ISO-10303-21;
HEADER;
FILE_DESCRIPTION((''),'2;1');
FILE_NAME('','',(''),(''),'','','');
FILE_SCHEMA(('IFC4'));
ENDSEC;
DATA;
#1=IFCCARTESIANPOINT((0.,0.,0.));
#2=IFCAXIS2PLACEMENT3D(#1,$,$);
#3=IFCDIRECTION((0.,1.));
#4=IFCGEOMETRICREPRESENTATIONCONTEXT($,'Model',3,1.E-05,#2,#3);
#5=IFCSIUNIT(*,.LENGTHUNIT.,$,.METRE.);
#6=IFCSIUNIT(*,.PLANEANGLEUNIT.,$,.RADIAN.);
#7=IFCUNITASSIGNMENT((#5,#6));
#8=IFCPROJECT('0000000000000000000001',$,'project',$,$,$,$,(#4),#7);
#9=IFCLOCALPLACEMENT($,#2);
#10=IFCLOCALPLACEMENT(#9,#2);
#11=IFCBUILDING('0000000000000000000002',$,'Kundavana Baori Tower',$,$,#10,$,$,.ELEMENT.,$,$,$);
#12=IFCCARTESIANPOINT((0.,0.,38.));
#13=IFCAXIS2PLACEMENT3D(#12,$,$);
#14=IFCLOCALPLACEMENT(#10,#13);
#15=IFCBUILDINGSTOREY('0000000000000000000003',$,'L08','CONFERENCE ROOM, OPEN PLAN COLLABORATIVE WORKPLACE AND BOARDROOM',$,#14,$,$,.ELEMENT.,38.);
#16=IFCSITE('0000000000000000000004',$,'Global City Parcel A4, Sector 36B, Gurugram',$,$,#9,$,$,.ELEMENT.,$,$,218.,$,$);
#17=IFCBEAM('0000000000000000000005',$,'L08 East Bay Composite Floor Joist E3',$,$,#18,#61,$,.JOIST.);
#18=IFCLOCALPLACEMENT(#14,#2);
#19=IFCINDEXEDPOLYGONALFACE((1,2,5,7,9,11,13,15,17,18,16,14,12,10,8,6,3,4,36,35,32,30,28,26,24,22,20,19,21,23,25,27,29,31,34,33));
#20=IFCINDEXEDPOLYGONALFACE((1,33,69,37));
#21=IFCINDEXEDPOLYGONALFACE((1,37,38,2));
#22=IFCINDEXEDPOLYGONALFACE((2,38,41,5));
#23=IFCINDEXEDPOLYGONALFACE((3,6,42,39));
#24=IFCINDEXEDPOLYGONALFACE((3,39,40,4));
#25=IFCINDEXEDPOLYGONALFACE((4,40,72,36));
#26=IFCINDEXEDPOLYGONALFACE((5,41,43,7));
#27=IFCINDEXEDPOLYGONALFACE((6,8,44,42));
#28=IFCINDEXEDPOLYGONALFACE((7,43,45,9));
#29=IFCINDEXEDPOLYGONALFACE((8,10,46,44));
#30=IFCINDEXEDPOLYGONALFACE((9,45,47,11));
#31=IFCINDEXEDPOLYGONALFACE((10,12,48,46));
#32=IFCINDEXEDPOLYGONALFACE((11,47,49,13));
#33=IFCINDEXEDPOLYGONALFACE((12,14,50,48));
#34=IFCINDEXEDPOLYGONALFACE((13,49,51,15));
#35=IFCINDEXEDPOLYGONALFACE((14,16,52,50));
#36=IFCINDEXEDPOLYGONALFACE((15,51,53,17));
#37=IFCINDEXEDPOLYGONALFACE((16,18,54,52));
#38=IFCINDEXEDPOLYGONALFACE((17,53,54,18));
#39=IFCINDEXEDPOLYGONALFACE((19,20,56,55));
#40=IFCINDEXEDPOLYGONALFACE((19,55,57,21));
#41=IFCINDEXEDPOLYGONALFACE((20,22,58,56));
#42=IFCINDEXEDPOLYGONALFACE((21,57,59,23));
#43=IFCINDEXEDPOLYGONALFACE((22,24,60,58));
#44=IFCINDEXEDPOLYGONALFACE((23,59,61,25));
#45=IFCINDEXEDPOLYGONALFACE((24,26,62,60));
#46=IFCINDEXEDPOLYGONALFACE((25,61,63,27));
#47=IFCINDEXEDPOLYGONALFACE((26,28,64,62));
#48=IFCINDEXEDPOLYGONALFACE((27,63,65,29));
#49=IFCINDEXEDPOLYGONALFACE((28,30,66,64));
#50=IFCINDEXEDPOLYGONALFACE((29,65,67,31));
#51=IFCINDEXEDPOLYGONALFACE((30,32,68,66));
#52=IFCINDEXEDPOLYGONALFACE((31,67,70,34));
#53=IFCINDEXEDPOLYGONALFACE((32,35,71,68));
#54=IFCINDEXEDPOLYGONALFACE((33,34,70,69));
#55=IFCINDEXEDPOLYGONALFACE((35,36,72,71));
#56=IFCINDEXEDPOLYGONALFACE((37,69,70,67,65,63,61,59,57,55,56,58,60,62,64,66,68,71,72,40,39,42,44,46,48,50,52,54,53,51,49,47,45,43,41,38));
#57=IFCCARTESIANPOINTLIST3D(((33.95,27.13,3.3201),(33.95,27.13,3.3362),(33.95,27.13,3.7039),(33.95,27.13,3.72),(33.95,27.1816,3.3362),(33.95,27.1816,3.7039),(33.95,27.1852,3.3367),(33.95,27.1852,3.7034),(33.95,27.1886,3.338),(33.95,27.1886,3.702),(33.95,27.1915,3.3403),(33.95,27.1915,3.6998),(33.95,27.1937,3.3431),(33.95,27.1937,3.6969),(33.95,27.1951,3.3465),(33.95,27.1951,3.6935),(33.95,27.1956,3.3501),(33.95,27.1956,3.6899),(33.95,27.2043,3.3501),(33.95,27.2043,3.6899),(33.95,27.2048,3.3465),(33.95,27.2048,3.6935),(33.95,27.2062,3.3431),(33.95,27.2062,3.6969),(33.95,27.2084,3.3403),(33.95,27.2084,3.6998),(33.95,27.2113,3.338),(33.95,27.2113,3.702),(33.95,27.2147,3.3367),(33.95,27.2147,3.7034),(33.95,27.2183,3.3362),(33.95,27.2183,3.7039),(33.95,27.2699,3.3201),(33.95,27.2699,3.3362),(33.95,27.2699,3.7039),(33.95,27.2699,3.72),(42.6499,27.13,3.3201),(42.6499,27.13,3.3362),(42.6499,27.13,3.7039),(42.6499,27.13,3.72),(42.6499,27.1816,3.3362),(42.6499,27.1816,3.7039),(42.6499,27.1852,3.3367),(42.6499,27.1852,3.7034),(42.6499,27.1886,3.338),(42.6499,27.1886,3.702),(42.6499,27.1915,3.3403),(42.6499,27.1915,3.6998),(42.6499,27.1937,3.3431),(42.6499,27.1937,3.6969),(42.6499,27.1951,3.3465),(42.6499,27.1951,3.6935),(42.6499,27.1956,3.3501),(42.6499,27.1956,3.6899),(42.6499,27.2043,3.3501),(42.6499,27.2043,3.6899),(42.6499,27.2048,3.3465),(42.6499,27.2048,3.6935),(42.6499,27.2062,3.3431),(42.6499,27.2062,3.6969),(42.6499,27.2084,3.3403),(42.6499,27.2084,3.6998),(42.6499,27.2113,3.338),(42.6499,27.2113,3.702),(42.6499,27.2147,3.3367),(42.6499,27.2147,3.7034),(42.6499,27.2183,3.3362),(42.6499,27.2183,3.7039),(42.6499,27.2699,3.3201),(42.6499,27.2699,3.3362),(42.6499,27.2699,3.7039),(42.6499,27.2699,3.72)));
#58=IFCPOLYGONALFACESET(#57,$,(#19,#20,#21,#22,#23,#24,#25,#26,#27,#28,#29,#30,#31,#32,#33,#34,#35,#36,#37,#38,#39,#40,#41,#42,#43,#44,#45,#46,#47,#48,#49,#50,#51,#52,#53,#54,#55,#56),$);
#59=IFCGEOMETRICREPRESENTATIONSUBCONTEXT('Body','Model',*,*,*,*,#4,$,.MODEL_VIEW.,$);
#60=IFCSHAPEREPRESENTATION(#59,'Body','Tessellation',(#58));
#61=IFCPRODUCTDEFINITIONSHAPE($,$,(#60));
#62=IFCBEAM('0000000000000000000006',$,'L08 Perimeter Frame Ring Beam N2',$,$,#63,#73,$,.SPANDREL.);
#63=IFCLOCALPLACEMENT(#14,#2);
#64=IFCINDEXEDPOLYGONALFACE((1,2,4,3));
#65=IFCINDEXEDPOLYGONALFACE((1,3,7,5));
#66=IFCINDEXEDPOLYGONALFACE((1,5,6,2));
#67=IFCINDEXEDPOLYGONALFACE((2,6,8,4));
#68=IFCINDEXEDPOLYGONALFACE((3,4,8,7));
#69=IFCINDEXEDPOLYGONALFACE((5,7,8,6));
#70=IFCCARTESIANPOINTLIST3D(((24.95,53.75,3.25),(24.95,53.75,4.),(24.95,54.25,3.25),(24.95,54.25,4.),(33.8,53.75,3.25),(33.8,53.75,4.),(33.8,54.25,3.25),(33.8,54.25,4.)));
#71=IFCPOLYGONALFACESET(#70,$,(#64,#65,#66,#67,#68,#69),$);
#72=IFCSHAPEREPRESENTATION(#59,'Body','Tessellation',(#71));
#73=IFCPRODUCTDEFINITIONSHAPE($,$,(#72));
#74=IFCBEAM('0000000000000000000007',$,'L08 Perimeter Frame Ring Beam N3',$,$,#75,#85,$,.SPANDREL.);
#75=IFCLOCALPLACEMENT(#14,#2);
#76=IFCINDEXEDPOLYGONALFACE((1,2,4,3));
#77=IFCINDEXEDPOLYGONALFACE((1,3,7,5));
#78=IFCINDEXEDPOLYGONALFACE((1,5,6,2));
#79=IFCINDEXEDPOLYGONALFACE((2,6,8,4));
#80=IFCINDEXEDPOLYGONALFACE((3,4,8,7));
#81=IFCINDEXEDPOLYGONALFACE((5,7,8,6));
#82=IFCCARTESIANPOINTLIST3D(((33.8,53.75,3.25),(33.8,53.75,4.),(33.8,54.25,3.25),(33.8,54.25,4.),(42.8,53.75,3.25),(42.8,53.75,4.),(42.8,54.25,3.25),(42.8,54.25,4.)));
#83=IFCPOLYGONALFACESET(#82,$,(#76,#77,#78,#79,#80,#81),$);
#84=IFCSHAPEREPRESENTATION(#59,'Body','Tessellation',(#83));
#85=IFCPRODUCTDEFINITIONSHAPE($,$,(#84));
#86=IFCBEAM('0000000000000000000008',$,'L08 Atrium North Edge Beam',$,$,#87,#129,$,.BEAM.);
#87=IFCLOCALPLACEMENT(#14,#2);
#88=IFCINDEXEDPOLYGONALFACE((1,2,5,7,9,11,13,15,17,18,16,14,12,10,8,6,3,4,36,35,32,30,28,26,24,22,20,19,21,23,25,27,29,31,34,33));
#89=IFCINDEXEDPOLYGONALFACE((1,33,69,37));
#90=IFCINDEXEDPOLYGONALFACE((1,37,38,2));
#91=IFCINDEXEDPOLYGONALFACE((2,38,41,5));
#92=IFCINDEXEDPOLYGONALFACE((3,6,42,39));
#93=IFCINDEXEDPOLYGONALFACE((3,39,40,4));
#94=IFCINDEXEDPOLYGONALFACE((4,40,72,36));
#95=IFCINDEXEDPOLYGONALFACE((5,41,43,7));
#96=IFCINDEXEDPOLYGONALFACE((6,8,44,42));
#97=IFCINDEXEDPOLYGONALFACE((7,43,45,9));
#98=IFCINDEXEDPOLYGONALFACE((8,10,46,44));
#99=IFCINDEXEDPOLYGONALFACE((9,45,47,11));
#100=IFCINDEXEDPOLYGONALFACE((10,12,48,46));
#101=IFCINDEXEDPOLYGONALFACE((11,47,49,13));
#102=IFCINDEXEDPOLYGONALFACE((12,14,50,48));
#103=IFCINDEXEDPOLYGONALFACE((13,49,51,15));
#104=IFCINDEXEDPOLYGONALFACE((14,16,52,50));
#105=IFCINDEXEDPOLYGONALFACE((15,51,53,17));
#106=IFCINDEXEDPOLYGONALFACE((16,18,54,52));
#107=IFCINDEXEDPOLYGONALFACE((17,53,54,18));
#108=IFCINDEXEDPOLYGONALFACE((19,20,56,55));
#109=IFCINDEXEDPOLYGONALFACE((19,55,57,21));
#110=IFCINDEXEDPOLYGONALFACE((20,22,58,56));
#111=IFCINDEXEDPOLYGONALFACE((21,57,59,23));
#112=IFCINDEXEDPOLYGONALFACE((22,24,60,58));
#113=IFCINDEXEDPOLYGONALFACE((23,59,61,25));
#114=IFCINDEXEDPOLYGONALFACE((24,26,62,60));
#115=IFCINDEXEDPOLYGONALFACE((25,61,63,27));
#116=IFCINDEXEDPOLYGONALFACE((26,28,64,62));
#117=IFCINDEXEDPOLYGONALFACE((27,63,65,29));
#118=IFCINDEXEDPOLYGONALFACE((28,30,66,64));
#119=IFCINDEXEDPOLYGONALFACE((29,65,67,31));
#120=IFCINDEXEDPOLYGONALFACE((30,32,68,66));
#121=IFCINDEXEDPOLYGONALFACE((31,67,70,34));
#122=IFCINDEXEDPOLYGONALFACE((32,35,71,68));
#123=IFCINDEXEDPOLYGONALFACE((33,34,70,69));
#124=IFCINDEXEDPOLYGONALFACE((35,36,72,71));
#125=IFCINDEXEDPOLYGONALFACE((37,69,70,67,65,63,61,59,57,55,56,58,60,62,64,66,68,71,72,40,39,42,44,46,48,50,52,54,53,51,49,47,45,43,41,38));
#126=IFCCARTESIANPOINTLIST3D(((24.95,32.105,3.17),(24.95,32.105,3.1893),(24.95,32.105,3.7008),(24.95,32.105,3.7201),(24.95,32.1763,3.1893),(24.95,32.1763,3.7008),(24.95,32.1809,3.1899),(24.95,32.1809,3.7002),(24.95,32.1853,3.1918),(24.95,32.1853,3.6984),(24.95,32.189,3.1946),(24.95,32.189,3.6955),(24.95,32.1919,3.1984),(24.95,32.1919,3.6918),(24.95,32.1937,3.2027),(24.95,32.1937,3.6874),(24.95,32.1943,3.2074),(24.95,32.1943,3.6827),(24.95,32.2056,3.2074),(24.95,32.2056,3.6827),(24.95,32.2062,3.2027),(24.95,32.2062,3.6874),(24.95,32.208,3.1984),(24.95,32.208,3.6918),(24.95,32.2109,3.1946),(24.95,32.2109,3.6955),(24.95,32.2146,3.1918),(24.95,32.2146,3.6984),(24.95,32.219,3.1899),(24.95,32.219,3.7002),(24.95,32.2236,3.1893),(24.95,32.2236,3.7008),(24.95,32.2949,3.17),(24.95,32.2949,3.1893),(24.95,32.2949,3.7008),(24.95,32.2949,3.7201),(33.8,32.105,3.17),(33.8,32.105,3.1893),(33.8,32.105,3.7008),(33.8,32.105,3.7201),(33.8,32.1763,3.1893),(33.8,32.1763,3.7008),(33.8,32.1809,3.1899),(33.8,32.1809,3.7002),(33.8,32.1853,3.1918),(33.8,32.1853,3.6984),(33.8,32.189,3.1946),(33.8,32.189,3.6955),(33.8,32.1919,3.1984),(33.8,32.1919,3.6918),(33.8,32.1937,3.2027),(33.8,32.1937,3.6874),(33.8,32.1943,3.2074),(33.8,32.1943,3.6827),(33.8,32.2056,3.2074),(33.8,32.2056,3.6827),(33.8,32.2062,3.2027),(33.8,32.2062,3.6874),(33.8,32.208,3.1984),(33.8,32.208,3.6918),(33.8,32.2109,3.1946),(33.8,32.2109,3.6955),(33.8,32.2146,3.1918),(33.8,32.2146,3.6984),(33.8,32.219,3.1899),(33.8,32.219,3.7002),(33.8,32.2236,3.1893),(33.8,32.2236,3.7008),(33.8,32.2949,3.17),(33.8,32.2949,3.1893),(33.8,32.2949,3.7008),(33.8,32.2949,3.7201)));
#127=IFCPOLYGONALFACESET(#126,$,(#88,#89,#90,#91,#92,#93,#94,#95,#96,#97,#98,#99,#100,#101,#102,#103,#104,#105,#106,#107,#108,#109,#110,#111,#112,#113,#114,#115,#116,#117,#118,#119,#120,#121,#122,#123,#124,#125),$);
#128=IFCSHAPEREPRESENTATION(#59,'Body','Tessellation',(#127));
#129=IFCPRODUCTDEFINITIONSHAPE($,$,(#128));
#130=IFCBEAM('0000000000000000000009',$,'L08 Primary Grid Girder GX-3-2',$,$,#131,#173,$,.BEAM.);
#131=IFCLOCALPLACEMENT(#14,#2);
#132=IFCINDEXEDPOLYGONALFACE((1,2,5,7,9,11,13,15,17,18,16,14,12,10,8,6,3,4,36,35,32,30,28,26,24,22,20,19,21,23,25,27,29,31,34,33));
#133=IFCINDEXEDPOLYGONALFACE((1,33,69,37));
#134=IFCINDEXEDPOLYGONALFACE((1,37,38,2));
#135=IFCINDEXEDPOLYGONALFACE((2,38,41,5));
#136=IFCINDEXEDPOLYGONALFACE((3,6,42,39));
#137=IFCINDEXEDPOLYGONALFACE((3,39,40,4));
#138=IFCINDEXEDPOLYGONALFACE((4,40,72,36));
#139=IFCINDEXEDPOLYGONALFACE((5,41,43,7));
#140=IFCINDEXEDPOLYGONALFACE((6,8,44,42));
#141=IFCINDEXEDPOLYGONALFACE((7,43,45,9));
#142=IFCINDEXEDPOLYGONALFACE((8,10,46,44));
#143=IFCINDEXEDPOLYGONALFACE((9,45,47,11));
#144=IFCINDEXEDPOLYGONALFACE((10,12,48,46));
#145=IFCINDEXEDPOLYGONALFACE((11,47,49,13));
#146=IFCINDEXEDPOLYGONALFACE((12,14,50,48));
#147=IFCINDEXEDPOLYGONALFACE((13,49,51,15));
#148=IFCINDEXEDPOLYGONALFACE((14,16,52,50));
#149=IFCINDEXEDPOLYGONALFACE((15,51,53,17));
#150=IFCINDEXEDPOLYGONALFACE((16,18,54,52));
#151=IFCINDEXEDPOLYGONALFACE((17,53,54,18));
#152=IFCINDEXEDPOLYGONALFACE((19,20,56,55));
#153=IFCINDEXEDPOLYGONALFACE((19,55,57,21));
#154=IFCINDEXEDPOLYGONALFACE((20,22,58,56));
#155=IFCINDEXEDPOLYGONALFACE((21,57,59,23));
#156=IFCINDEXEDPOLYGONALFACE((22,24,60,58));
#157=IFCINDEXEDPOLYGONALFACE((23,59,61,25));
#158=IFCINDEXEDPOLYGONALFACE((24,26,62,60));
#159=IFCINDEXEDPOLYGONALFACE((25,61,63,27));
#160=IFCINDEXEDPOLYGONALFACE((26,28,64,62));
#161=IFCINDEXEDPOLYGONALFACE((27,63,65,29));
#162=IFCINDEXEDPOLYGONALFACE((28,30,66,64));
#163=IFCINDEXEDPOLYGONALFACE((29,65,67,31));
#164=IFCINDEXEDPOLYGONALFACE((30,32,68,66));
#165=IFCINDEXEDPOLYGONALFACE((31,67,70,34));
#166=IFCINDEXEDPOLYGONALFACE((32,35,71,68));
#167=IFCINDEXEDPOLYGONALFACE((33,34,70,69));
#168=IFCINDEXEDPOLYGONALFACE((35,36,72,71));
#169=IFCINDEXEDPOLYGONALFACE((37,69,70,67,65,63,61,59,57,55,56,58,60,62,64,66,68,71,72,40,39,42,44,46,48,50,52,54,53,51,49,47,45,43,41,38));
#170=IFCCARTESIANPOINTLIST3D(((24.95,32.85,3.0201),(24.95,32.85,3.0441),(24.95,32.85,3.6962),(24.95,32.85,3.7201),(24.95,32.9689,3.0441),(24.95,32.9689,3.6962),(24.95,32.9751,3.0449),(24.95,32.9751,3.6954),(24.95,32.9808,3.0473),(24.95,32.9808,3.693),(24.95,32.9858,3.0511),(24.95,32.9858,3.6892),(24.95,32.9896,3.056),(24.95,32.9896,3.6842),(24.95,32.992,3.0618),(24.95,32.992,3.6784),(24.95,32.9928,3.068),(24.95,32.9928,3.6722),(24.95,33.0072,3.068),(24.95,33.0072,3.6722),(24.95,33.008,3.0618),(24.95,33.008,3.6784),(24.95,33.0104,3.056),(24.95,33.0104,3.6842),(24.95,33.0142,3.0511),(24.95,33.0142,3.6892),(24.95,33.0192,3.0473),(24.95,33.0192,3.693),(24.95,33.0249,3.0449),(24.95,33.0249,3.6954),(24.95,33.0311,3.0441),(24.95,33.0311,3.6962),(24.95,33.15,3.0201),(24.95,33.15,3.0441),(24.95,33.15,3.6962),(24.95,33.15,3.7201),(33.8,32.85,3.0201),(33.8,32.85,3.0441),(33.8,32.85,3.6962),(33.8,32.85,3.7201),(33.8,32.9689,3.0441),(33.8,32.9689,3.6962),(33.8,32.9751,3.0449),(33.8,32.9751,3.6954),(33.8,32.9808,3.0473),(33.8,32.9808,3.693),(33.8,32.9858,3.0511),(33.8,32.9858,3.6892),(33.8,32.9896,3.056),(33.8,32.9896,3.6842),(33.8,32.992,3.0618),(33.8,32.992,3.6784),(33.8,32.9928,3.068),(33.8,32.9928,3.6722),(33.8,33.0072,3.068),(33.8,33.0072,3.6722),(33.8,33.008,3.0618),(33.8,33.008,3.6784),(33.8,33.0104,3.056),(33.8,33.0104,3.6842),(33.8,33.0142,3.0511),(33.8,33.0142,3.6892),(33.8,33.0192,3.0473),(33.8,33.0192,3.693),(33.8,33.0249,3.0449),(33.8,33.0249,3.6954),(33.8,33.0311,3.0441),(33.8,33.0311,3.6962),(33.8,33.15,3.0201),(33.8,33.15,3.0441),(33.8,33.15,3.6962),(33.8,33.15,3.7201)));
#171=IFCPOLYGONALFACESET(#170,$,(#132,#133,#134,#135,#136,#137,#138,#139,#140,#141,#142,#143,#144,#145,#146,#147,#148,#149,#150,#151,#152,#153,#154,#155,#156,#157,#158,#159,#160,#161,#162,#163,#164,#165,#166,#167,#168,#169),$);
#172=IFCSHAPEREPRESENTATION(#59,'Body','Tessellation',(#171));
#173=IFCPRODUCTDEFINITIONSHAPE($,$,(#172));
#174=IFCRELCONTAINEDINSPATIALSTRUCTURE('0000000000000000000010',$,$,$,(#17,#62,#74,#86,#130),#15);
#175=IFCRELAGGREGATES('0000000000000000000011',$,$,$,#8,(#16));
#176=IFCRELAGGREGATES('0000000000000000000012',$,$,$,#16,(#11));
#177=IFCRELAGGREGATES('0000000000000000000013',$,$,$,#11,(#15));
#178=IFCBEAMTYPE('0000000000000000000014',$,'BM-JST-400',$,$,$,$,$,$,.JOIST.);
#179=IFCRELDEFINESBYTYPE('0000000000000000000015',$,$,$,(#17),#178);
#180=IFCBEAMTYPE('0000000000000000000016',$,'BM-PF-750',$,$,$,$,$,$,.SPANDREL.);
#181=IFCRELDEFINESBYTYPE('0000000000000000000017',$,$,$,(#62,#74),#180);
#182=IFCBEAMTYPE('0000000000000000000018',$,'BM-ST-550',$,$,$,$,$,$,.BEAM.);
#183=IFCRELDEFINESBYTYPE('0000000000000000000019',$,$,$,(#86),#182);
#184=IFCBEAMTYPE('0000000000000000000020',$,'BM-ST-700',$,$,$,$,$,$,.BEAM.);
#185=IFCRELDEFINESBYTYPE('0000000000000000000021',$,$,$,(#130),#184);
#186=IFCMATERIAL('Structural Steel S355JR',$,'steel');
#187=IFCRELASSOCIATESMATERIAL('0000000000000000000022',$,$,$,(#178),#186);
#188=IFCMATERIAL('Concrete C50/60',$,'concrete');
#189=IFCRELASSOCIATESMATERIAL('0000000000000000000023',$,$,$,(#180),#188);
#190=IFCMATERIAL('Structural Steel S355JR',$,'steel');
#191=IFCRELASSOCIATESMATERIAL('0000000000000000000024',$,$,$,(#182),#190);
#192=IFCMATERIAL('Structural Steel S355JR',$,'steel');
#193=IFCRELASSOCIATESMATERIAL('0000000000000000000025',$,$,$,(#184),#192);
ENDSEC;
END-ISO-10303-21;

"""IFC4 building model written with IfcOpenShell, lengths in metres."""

from ifc_helpers import new_model, si_unit, direction, frame, origin, origin_2d, place, context, subcontext, project, spatial, rectangle, i_section, extrude, material, material_profile, profile_set, type_object, element, save


model = new_model("IFC4")

# Units and contexts
model_context = context("Model", 3, precision=1e-05, world=origin(), true_north=direction((0.0, 1.0)))
body_context = subcontext(model_context, "Body", "Model", "MODEL_VIEW")
ifc_project = project(units=[si_unit("LENGTHUNIT", "METRE"), si_unit("PLANEANGLEUNIT", "RADIAN")], contexts=[model_context])

# Site, building, storey
site_placement = place(None, origin())
site = spatial("IfcSite", under=ifc_project, at=site_placement, Name="Global City Parcel A4, Sector 36B, Gurugram", CompositionType="ELEMENT", RefElevation=218.0)
building_placement = place(site_placement, origin())
building = spatial("IfcBuilding", under=site, at=building_placement, Name="Kundavana Baori Tower", CompositionType="ELEMENT")
storey_placement = place(building_placement, frame((0.0, 0.0, 38.0)))
storey = spatial("IfcBuildingStorey", under=building, at=storey_placement, Name="L08", Description="CONFERENCE ROOM, OPEN PLAN COLLABORATIVE WORKPLACE AND BOARDROOM", CompositionType="ELEMENT", Elevation=38.0)

# Beams
ifc_material_1 = material(Name="Structural Steel S355JR", Category="steel")
ifc_material_profile_1 = material_profile(ifc_material_1, i_section(OverallWidth=0.1399, OverallDepth=0.3999, WebThickness=0.0088, FlangeThickness=0.0161, FilletRadius=0.0139, at=origin_2d()), Name="ISMB 400")
ifc_profile_set_1 = profile_set([ifc_material_profile_1], Name="Structural Steel S355JR")
beam_type_1 = type_object("IfcBeamType", Name="BM-JST-400", PredefinedType="JOIST", material=ifc_profile_set_1)
beam_1_placement = place(storey_placement, frame((33.95, 27.2, 3.52), z_axis=(1.0, 0.0, 0.0), x_axis=(0.0, 1.0, 0.0)))
element("IfcBeam", 1, at=beam_1_placement, inside=storey, type_object=beam_type_1, Name="L08 East Bay Composite Floor Joist E3", PredefinedType="JOIST", context=body_context, shape_type="SweptSolid", body=[
    extrude(i_section(OverallWidth=0.1399, OverallDepth=0.3999, WebThickness=0.0088, FlangeThickness=0.0161, FilletRadius=0.0139, at=origin_2d()), origin(), (0.0, 0.0, 1.0), 8.7),
])
ifc_material_2 = material(Name="Concrete C50/60", Category="concrete")
ifc_material_profile_2 = material_profile(ifc_material_2, rectangle(XDim=0.5, YDim=0.75, at=origin_2d()), Name="RC BM 500x750")
ifc_profile_set_2 = profile_set([ifc_material_profile_2], Name="Concrete C50/60")
beam_type_2 = type_object("IfcBeamType", Name="BM-PF-750", PredefinedType="SPANDREL", material=ifc_profile_set_2)
beam_2_placement = place(storey_placement, frame((24.95, 54.0, 3.625), z_axis=(1.0, 0.0, 0.0), x_axis=(0.0, 1.0, 0.0)))
element("IfcBeam", 2, at=beam_2_placement, inside=storey, type_object=beam_type_2, Name="L08 Perimeter Frame Ring Beam N2", PredefinedType="SPANDREL", context=body_context, shape_type="SweptSolid", body=[
    extrude(rectangle(XDim=0.5, YDim=0.75, at=origin_2d()), origin(), (0.0, 0.0, 1.0), 8.8501),
])
beam_3_placement = place(storey_placement, frame((33.8, 54.0, 3.625), z_axis=(1.0, 0.0, 0.0), x_axis=(0.0, 1.0, 0.0)))
element("IfcBeam", 3, at=beam_3_placement, inside=storey, type_object=beam_type_2, Name="L08 Perimeter Frame Ring Beam N3", PredefinedType="SPANDREL", context=body_context, shape_type="SweptSolid", body=[
    extrude(rectangle(XDim=0.5, YDim=0.75, at=origin_2d()), origin(), (0.0, 0.0, 1.0), 9.0),
])
ifc_material_3 = material(Name="Structural Steel S355JR", Category="steel")
ifc_material_profile_3 = material_profile(ifc_material_3, i_section(OverallWidth=0.1899, OverallDepth=0.55, WebThickness=0.0112, FlangeThickness=0.0193, FilletRadius=0.0181, at=origin_2d()), Name="ISMB 550")
ifc_profile_set_3 = profile_set([ifc_material_profile_3], Name="Structural Steel S355JR")
beam_type_3 = type_object("IfcBeamType", Name="BM-ST-550", PredefinedType="BEAM", material=ifc_profile_set_3)
beam_4_placement = place(storey_placement, frame((24.95, 32.2, 3.4451), z_axis=(1.0, 0.0, 0.0), x_axis=(0.0, 1.0, 0.0)))
element("IfcBeam", 4, at=beam_4_placement, inside=storey, type_object=beam_type_3, Name="L08 Atrium North Edge Beam", PredefinedType="BEAM", context=body_context, shape_type="SweptSolid", body=[
    extrude(i_section(OverallWidth=0.1899, OverallDepth=0.55, WebThickness=0.0112, FlangeThickness=0.0193, FilletRadius=0.0181, at=origin_2d()), origin(), (0.0, 0.0, 1.0), 8.8501),
])
ifc_material_4 = material(Name="Structural Steel S355JR", Category="steel")
ifc_material_profile_4 = material_profile(ifc_material_4, i_section(OverallWidth=0.3, OverallDepth=0.7, WebThickness=0.0144, FlangeThickness=0.0239, FilletRadius=0.0239, at=origin_2d()), Name="NPB 700x300x170")
ifc_profile_set_4 = profile_set([ifc_material_profile_4], Name="Structural Steel S355JR")
beam_type_4 = type_object("IfcBeamType", Name="BM-ST-700", PredefinedType="BEAM", material=ifc_profile_set_4)
for number, where, z_axis, x_axis, name in (
    (5, (24.95, 33.0, 3.3701), (1.0, 0.0, 0.0), (0.0, 1.0, 0.0), "L08 Primary Grid Girder GX-3-2"),
):
    element("IfcBeam", number, at=place(storey_placement, frame(where, z_axis=z_axis, x_axis=x_axis)), inside=storey, type_object=beam_type_4, Name=name, PredefinedType="BEAM", context=body_context, shape_type="SweptSolid", body=[
        extrude(i_section(OverallWidth=0.3, OverallDepth=0.7, WebThickness=0.0144, FlangeThickness=0.0239, FilletRadius=0.0239, at=origin_2d()), origin(), (0.0, 0.0, 1.0), 8.8501),
    ])

save(model, "model.ifc")
